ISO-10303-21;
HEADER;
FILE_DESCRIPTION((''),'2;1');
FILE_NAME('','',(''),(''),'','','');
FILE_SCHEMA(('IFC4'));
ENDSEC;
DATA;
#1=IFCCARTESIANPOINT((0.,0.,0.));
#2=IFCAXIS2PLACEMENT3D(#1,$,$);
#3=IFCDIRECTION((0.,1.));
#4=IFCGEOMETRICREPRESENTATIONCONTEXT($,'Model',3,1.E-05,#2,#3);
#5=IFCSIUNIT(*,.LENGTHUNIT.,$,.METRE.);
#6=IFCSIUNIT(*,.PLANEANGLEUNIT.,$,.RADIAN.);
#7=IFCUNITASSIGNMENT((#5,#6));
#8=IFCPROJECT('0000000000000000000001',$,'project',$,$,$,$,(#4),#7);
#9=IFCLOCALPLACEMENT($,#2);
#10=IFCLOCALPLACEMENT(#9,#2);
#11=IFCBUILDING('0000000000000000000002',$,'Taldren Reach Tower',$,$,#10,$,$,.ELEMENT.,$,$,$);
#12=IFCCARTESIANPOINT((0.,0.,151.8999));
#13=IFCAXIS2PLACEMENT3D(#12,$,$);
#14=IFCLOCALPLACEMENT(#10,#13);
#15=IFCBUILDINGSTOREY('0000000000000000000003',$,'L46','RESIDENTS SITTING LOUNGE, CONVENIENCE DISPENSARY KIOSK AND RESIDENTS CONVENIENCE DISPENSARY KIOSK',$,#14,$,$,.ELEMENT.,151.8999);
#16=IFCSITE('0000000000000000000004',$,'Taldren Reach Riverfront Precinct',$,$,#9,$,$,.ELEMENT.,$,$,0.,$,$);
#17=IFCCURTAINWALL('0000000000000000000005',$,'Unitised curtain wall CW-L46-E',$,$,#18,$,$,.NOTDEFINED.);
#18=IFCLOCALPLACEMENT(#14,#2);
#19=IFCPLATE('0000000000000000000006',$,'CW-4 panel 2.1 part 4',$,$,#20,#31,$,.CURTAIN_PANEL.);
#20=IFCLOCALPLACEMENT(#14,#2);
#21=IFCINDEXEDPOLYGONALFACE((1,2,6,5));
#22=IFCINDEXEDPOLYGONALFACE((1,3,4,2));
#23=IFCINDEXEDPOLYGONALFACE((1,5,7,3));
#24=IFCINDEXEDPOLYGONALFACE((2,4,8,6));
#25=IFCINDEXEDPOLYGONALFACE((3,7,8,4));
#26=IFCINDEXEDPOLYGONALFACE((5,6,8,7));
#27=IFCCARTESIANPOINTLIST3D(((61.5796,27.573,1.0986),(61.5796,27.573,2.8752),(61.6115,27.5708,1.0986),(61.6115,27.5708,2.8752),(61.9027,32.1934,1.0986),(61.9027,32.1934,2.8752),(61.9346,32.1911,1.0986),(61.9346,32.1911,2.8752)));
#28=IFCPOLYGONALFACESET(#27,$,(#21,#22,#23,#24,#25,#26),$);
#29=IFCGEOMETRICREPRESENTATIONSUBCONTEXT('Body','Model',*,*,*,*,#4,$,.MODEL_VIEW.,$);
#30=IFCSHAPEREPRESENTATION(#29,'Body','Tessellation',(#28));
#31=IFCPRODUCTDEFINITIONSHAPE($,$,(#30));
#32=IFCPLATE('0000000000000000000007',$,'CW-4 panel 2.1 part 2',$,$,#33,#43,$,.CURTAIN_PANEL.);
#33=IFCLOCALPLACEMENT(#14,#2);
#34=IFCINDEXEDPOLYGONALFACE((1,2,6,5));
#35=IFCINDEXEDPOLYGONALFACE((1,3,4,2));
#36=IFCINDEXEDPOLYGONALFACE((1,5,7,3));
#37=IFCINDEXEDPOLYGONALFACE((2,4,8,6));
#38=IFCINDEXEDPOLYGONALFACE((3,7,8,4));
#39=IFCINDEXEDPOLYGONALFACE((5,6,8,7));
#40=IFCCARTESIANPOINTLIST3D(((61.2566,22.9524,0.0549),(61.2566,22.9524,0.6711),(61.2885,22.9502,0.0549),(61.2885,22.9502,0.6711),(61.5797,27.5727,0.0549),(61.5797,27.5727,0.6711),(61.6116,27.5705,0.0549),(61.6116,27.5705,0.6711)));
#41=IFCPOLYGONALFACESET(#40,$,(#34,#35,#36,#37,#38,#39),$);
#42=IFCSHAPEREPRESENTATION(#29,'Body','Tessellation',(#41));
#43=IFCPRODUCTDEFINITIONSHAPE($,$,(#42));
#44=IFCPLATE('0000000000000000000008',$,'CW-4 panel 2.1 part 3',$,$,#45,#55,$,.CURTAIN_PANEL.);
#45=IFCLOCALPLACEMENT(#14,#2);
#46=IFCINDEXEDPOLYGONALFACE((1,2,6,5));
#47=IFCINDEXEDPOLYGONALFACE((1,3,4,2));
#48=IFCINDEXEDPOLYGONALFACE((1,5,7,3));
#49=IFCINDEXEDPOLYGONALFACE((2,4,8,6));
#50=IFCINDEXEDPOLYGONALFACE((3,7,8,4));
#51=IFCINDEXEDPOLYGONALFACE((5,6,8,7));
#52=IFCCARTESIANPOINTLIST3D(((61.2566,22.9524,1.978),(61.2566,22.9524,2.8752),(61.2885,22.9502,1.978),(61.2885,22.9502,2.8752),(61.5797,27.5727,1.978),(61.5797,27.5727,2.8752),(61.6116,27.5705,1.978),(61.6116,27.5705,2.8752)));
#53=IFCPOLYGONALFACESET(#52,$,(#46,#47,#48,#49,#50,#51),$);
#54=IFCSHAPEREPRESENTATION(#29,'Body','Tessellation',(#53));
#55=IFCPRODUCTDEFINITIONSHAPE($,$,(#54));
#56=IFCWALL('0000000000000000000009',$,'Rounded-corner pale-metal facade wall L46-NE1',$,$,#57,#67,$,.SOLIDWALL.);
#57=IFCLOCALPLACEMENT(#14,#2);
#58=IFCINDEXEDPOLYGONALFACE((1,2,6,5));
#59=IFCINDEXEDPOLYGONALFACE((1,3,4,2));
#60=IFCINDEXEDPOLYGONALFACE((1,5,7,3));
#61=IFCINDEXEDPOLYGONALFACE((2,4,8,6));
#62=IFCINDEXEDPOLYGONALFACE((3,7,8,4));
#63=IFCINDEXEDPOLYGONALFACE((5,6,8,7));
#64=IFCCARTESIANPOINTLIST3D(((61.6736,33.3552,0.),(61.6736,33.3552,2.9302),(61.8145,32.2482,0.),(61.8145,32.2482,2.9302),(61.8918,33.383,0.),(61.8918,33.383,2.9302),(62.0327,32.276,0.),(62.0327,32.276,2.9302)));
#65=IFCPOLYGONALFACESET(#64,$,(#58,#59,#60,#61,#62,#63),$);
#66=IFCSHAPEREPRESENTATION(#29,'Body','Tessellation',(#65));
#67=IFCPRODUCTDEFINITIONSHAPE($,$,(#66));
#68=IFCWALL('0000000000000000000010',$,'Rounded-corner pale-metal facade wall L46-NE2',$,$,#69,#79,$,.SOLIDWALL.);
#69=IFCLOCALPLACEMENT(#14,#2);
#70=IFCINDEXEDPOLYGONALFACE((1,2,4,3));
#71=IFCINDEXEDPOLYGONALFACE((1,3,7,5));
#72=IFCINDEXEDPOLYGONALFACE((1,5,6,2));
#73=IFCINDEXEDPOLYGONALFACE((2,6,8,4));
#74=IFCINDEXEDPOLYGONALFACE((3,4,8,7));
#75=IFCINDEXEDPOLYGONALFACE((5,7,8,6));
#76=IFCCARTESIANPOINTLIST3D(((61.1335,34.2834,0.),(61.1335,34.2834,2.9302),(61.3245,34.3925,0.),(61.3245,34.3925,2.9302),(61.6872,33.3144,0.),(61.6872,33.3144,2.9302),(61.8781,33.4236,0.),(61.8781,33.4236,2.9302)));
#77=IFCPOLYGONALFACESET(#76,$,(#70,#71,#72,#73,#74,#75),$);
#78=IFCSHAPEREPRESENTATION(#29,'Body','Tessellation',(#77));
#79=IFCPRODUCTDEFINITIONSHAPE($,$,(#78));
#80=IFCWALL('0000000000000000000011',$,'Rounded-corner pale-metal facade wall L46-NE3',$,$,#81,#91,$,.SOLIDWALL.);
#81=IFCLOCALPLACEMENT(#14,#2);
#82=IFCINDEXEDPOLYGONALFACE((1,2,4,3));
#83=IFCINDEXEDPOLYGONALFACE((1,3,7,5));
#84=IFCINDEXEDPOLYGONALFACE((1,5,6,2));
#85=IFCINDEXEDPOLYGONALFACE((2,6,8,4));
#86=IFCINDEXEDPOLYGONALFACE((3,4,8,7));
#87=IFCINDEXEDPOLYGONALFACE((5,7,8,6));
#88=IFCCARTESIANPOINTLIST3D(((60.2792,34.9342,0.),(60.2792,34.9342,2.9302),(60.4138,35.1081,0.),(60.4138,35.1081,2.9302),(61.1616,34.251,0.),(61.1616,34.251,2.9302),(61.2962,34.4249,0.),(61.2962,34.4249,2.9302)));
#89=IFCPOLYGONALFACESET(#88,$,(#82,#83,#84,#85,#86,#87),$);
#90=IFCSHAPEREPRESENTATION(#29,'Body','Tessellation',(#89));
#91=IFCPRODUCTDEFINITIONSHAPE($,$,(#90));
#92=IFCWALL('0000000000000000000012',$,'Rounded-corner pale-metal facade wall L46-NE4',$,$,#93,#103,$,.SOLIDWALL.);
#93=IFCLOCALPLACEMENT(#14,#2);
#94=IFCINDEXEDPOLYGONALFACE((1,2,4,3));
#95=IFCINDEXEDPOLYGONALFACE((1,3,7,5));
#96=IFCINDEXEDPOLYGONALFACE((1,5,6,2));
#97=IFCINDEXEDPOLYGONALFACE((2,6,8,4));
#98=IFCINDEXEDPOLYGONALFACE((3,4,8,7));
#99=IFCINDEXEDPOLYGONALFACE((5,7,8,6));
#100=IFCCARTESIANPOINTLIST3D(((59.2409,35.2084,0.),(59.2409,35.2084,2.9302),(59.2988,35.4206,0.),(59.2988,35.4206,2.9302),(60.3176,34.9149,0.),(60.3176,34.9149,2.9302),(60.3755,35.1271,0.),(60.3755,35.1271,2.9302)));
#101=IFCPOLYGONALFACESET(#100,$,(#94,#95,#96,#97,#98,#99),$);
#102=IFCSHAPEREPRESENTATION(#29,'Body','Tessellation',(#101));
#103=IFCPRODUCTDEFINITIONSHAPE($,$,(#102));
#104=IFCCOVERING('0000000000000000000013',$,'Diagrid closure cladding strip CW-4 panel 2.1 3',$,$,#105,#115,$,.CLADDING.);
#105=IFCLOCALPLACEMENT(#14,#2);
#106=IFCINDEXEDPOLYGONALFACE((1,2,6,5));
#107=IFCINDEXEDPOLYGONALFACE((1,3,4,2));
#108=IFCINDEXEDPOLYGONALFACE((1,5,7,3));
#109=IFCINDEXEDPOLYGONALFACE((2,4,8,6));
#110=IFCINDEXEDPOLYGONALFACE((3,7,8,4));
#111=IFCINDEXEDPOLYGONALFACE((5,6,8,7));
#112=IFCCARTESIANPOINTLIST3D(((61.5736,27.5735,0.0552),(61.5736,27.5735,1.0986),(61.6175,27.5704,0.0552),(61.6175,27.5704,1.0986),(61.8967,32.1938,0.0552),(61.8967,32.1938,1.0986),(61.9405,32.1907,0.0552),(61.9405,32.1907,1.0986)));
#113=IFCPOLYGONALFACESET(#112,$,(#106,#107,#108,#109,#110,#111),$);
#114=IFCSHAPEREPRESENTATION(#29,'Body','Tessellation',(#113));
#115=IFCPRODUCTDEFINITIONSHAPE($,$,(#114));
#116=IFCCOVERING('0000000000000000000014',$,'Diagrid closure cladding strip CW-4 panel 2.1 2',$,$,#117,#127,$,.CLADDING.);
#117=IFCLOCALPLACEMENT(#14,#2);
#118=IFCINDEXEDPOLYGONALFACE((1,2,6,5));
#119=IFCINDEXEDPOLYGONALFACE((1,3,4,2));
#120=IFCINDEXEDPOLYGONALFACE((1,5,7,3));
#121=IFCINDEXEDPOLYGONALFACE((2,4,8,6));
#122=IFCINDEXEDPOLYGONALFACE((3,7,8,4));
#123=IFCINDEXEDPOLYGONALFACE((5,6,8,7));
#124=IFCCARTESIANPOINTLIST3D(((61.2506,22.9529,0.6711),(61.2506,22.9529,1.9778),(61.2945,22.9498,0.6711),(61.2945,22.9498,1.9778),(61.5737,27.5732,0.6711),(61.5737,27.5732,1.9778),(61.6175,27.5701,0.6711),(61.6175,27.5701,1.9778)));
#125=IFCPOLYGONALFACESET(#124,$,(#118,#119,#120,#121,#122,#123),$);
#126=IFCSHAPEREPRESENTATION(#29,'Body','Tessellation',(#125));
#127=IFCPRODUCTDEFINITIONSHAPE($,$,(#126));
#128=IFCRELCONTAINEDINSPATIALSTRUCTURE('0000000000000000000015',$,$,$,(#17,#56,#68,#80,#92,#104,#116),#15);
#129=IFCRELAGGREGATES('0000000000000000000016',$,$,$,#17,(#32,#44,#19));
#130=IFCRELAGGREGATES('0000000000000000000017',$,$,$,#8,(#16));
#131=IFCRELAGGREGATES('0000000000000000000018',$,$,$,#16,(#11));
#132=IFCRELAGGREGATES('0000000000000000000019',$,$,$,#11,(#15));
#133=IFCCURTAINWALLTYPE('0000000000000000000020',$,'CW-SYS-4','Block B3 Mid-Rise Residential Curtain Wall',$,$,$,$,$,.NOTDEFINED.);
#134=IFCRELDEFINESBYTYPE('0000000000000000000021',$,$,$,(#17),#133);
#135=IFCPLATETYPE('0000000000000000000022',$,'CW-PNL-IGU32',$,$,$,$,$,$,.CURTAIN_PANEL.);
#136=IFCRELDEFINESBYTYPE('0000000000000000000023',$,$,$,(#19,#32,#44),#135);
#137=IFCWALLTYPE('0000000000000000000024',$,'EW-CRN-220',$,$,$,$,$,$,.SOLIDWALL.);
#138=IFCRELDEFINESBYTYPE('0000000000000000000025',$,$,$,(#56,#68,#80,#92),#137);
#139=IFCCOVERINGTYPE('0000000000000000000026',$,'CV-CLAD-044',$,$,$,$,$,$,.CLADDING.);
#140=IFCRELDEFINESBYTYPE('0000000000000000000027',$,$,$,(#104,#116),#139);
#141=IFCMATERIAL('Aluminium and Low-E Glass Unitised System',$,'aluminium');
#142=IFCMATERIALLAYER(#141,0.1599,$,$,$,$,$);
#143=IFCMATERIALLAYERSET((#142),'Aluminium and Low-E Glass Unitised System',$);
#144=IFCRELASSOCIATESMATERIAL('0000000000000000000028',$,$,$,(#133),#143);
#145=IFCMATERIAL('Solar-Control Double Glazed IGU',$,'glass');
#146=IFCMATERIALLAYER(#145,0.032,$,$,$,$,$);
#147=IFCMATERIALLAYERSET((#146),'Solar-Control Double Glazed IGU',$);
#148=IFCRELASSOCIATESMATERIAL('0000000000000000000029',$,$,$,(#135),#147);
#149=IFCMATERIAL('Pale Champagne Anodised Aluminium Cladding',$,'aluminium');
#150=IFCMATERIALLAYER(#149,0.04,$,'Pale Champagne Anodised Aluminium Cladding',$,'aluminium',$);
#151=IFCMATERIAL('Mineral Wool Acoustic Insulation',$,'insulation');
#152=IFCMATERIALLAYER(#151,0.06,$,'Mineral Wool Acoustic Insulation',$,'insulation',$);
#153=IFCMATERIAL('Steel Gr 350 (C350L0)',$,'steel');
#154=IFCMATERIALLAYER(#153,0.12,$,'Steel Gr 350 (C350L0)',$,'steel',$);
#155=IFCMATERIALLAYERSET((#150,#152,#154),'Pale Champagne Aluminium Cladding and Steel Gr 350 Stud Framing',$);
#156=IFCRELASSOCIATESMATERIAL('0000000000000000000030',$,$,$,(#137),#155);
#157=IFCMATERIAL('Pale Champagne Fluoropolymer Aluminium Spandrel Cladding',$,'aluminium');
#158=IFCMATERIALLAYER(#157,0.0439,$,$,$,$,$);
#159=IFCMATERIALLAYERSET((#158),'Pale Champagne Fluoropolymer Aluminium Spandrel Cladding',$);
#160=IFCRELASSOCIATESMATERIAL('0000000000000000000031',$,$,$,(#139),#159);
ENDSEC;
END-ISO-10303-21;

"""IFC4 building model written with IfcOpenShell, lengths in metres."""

from ifc_helpers import new_model, si_unit, direction, frame, frame_2d, origin, origin_2d, place, context, subcontext, project, spatial, rectangle, extrude, source, transform, mapped, material, layer, layer_set, type_object, element, aggregate, save


model = new_model("IFC4")

# Units and contexts
model_context = context("Model", 3, precision=1e-05, world=origin(), true_north=direction((0.0, 1.0)))
body_context = subcontext(model_context, "Body", "Model", "MODEL_VIEW")
ifc_project = project(units=[si_unit("LENGTHUNIT", "METRE"), si_unit("PLANEANGLEUNIT", "RADIAN")], contexts=[model_context])

# Site, building, storey
site_placement = place(None, origin())
site = spatial("IfcSite", under=ifc_project, at=site_placement, Name="Taldren Reach Riverfront Precinct", CompositionType="ELEMENT", RefElevation=0.0)
building_placement = place(site_placement, origin())
building = spatial("IfcBuilding", under=site, at=building_placement, Name="Taldren Reach Tower", CompositionType="ELEMENT")
storey_placement = place(building_placement, frame((0.0, 0.0, 151.8999)))
storey = spatial("IfcBuildingStorey", under=building, at=storey_placement, Name="L46", Description="RESIDENTS SITTING LOUNGE, CONVENIENCE DISPENSARY KIOSK AND RESIDENTS CONVENIENCE DISPENSARY KIOSK", CompositionType="ELEMENT", Elevation=151.8999)

# Shared definitions
ifc_material_1 = material(Name="Steel Gr 350 (C350L0)", Category="steel")

# Curtain wall
ifc_material_2 = material(Name="Aluminium and Low-E Glass Unitised System", Category="aluminium")
ifc_layer_1 = layer(ifc_material_2, 0.1599)
ifc_layer_set_1 = layer_set([ifc_layer_1], Name="Aluminium and Low-E Glass Unitised System")
curtain_wall_type = type_object("IfcCurtainWallType", Name="CW-SYS-4", Description="Block B3 Mid-Rise Residential Curtain Wall", PredefinedType="NOTDEFINED", material=ifc_layer_set_1)
curtain_wall_1_placement = place(storey_placement, origin())
curtain_wall_1 = element("IfcCurtainWall", 1, at=curtain_wall_1_placement, inside=storey, type_object=curtain_wall_type, Name="Unitised curtain wall CW-L46-E", PredefinedType="NOTDEFINED")

# Plates
ifc_material_3 = material(Name="Solar-Control Double Glazed IGU", Category="glass")
ifc_layer_2 = layer(ifc_material_3, 0.032)
ifc_layer_set_2 = layer_set([ifc_layer_2], Name="Solar-Control Double Glazed IGU")
plate_type_1 = type_object("IfcPlateType", Name="CW-PNL-IGU32", PredefinedType="CURTAIN_PANEL", material=ifc_layer_set_2)
shared_shape_1 = source(origin(), body_context, "Body", "SweptSolid", [
    extrude(rectangle(XDim=4.6316, YDim=0.032, at=origin_2d()), origin(), (0.0, 0.0, 1.0), 1.7766),
])
plate_1_placement = place(storey_placement, frame((61.7571, 29.8821, 1.0986), z_axis=(0.0, 0.0, 1.0), x_axis=(0.069756, 0.997564, 0.0)))
plate_1 = element("IfcPlate", 2, at=plate_1_placement, type_object=plate_type_1, Name="CW-4 panel 2.1 part 4", PredefinedType="CURTAIN_PANEL", context=body_context, shape_type="MappedRepresentation", body=[
    mapped(shared_shape_1, transform((0.0, 0.0, 0.0), scale=1.0)),
])
shared_shape_2 = source(origin(), body_context, "Body", "SweptSolid", [
    extrude(rectangle(XDim=4.6316, YDim=0.032, at=origin_2d()), origin(), (0.0, 0.0, 1.0), 0.6162),
])
plate_2_placement = place(storey_placement, frame((61.4341, 25.2615, 0.0549), z_axis=(0.0, 0.0, 1.0), x_axis=(0.069756, 0.997564, 0.0)))
plate_2 = element("IfcPlate", 3, at=plate_2_placement, type_object=plate_type_1, Name="CW-4 panel 2.1 part 2", PredefinedType="CURTAIN_PANEL", context=body_context, shape_type="MappedRepresentation", body=[
    mapped(shared_shape_2, transform((0.0, 0.0, 0.0), scale=1.0)),
])
shared_shape_3 = source(origin(), body_context, "Body", "SweptSolid", [
    extrude(rectangle(XDim=4.6316, YDim=0.032, at=origin_2d()), origin(), (0.0, 0.0, 1.0), 0.8972),
])
plate_3_placement = place(storey_placement, frame((61.4341, 25.2615, 1.978), z_axis=(0.0, 0.0, 1.0), x_axis=(0.069756, 0.997564, 0.0)))
plate_3 = element("IfcPlate", 4, at=plate_3_placement, type_object=plate_type_1, Name="CW-4 panel 2.1 part 3", PredefinedType="CURTAIN_PANEL", context=body_context, shape_type="MappedRepresentation", body=[
    mapped(shared_shape_3, transform((0.0, 0.0, 0.0), scale=1.0)),
])
aggregate(curtain_wall_1, [plate_2, plate_3, plate_1])

# Walls
ifc_material_4 = material(Name="Pale Champagne Anodised Aluminium Cladding", Category="aluminium")
ifc_layer_3 = layer(ifc_material_4, 0.04, Name="Pale Champagne Anodised Aluminium Cladding", Category="aluminium")
ifc_material_5 = material(Name="Mineral Wool Acoustic Insulation", Category="insulation")
ifc_layer_4 = layer(ifc_material_5, 0.06, Name="Mineral Wool Acoustic Insulation", Category="insulation")
ifc_layer_5 = layer(ifc_material_1, 0.12, Name="Steel Gr 350 (C350L0)", Category="steel")
ifc_layer_set_3 = layer_set([ifc_layer_3, ifc_layer_4, ifc_layer_5], Name="Pale Champagne Aluminium Cladding and Steel Gr 350 Stud Framing")
wall_type = type_object("IfcWallType", Name="EW-CRN-220", PredefinedType="SOLIDWALL", material=ifc_layer_set_3)
shared_shape_4 = source(origin(), body_context, "Body", "SweptSolid", [
    extrude(rectangle(XDim=1.116, YDim=0.22, at=frame_2d((0.5581, 0.0))), origin(), (0.0, 0.0, 1.0), 2.9302),
])
for number, where, z_axis, x_axis, name in (
    (5, (61.9236, 32.262, 0.0), (0.0, 0.0, 1.0), (-0.126243, 0.991999, 0.0), "Rounded-corner pale-metal facade wall L46-NE1"),
    (6, (61.7827, 33.3689, 0.0), (0.0, 0.0, 1.0), (-0.496139, 0.868243, 0.0), "Rounded-corner pale-metal facade wall L46-NE2"),
    (7, (61.229, 34.3379, 0.0), (0.0, 0.0, 1.0), (-0.790717, 0.612182, 0.0), "Rounded-corner pale-metal facade wall L46-NE3"),
    (8, (60.3467, 35.021, 0.0), (0.0, 0.0, 1.0), (-0.964804, 0.262969, 0.0), "Rounded-corner pale-metal facade wall L46-NE4"),
):
    element("IfcWall", number, at=place(storey_placement, frame(where, z_axis=z_axis, x_axis=x_axis)), inside=storey, type_object=wall_type, Name=name, PredefinedType="SOLIDWALL", context=body_context, shape_type="MappedRepresentation", body=[
        mapped(shared_shape_4, transform((0.0, 0.0, 0.0), scale=1.0)),
    ])

# Coverings
ifc_material_6 = material(Name="Pale Champagne Fluoropolymer Aluminium Spandrel Cladding", Category="aluminium")
ifc_layer_6 = layer(ifc_material_6, 0.0439)
ifc_layer_set_4 = layer_set([ifc_layer_6], Name="Pale Champagne Fluoropolymer Aluminium Spandrel Cladding")
covering_type = type_object("IfcCoveringType", Name="CV-CLAD-044", PredefinedType="CLADDING", material=ifc_layer_set_4)
shared_shape_5 = source(origin(), body_context, "Body", "SweptSolid", [
    extrude(rectangle(XDim=4.6316, YDim=0.0439, at=origin_2d()), origin(), (0.0, 0.0, 1.0), 1.0435),
])
covering_1_placement = place(storey_placement, frame((61.7571, 29.8821, 0.0552), z_axis=(0.0, 0.0, 1.0), x_axis=(0.069756, 0.997564, 0.0)))
element("IfcCovering", 9, at=covering_1_placement, inside=storey, type_object=covering_type, Name="Diagrid closure cladding strip CW-4 panel 2.1 3", PredefinedType="CLADDING", context=body_context, shape_type="MappedRepresentation", body=[
    mapped(shared_shape_5, transform((0.0, 0.0, 0.0), scale=1.0)),
])
shared_shape_6 = source(origin(), body_context, "Body", "SweptSolid", [
    extrude(rectangle(XDim=4.6316, YDim=0.0439, at=origin_2d()), origin(), (0.0, 0.0, 1.0), 1.3066),
])
covering_2_placement = place(storey_placement, frame((61.4341, 25.2615, 0.6711), z_axis=(0.0, 0.0, 1.0), x_axis=(0.069756, 0.997564, 0.0)))
element("IfcCovering", 10, at=covering_2_placement, inside=storey, type_object=covering_type, Name="Diagrid closure cladding strip CW-4 panel 2.1 2", PredefinedType="CLADDING", context=body_context, shape_type="MappedRepresentation", body=[
    mapped(shared_shape_6, transform((0.0, 0.0, 0.0), scale=1.0)),
])

save(model, "model.ifc")
